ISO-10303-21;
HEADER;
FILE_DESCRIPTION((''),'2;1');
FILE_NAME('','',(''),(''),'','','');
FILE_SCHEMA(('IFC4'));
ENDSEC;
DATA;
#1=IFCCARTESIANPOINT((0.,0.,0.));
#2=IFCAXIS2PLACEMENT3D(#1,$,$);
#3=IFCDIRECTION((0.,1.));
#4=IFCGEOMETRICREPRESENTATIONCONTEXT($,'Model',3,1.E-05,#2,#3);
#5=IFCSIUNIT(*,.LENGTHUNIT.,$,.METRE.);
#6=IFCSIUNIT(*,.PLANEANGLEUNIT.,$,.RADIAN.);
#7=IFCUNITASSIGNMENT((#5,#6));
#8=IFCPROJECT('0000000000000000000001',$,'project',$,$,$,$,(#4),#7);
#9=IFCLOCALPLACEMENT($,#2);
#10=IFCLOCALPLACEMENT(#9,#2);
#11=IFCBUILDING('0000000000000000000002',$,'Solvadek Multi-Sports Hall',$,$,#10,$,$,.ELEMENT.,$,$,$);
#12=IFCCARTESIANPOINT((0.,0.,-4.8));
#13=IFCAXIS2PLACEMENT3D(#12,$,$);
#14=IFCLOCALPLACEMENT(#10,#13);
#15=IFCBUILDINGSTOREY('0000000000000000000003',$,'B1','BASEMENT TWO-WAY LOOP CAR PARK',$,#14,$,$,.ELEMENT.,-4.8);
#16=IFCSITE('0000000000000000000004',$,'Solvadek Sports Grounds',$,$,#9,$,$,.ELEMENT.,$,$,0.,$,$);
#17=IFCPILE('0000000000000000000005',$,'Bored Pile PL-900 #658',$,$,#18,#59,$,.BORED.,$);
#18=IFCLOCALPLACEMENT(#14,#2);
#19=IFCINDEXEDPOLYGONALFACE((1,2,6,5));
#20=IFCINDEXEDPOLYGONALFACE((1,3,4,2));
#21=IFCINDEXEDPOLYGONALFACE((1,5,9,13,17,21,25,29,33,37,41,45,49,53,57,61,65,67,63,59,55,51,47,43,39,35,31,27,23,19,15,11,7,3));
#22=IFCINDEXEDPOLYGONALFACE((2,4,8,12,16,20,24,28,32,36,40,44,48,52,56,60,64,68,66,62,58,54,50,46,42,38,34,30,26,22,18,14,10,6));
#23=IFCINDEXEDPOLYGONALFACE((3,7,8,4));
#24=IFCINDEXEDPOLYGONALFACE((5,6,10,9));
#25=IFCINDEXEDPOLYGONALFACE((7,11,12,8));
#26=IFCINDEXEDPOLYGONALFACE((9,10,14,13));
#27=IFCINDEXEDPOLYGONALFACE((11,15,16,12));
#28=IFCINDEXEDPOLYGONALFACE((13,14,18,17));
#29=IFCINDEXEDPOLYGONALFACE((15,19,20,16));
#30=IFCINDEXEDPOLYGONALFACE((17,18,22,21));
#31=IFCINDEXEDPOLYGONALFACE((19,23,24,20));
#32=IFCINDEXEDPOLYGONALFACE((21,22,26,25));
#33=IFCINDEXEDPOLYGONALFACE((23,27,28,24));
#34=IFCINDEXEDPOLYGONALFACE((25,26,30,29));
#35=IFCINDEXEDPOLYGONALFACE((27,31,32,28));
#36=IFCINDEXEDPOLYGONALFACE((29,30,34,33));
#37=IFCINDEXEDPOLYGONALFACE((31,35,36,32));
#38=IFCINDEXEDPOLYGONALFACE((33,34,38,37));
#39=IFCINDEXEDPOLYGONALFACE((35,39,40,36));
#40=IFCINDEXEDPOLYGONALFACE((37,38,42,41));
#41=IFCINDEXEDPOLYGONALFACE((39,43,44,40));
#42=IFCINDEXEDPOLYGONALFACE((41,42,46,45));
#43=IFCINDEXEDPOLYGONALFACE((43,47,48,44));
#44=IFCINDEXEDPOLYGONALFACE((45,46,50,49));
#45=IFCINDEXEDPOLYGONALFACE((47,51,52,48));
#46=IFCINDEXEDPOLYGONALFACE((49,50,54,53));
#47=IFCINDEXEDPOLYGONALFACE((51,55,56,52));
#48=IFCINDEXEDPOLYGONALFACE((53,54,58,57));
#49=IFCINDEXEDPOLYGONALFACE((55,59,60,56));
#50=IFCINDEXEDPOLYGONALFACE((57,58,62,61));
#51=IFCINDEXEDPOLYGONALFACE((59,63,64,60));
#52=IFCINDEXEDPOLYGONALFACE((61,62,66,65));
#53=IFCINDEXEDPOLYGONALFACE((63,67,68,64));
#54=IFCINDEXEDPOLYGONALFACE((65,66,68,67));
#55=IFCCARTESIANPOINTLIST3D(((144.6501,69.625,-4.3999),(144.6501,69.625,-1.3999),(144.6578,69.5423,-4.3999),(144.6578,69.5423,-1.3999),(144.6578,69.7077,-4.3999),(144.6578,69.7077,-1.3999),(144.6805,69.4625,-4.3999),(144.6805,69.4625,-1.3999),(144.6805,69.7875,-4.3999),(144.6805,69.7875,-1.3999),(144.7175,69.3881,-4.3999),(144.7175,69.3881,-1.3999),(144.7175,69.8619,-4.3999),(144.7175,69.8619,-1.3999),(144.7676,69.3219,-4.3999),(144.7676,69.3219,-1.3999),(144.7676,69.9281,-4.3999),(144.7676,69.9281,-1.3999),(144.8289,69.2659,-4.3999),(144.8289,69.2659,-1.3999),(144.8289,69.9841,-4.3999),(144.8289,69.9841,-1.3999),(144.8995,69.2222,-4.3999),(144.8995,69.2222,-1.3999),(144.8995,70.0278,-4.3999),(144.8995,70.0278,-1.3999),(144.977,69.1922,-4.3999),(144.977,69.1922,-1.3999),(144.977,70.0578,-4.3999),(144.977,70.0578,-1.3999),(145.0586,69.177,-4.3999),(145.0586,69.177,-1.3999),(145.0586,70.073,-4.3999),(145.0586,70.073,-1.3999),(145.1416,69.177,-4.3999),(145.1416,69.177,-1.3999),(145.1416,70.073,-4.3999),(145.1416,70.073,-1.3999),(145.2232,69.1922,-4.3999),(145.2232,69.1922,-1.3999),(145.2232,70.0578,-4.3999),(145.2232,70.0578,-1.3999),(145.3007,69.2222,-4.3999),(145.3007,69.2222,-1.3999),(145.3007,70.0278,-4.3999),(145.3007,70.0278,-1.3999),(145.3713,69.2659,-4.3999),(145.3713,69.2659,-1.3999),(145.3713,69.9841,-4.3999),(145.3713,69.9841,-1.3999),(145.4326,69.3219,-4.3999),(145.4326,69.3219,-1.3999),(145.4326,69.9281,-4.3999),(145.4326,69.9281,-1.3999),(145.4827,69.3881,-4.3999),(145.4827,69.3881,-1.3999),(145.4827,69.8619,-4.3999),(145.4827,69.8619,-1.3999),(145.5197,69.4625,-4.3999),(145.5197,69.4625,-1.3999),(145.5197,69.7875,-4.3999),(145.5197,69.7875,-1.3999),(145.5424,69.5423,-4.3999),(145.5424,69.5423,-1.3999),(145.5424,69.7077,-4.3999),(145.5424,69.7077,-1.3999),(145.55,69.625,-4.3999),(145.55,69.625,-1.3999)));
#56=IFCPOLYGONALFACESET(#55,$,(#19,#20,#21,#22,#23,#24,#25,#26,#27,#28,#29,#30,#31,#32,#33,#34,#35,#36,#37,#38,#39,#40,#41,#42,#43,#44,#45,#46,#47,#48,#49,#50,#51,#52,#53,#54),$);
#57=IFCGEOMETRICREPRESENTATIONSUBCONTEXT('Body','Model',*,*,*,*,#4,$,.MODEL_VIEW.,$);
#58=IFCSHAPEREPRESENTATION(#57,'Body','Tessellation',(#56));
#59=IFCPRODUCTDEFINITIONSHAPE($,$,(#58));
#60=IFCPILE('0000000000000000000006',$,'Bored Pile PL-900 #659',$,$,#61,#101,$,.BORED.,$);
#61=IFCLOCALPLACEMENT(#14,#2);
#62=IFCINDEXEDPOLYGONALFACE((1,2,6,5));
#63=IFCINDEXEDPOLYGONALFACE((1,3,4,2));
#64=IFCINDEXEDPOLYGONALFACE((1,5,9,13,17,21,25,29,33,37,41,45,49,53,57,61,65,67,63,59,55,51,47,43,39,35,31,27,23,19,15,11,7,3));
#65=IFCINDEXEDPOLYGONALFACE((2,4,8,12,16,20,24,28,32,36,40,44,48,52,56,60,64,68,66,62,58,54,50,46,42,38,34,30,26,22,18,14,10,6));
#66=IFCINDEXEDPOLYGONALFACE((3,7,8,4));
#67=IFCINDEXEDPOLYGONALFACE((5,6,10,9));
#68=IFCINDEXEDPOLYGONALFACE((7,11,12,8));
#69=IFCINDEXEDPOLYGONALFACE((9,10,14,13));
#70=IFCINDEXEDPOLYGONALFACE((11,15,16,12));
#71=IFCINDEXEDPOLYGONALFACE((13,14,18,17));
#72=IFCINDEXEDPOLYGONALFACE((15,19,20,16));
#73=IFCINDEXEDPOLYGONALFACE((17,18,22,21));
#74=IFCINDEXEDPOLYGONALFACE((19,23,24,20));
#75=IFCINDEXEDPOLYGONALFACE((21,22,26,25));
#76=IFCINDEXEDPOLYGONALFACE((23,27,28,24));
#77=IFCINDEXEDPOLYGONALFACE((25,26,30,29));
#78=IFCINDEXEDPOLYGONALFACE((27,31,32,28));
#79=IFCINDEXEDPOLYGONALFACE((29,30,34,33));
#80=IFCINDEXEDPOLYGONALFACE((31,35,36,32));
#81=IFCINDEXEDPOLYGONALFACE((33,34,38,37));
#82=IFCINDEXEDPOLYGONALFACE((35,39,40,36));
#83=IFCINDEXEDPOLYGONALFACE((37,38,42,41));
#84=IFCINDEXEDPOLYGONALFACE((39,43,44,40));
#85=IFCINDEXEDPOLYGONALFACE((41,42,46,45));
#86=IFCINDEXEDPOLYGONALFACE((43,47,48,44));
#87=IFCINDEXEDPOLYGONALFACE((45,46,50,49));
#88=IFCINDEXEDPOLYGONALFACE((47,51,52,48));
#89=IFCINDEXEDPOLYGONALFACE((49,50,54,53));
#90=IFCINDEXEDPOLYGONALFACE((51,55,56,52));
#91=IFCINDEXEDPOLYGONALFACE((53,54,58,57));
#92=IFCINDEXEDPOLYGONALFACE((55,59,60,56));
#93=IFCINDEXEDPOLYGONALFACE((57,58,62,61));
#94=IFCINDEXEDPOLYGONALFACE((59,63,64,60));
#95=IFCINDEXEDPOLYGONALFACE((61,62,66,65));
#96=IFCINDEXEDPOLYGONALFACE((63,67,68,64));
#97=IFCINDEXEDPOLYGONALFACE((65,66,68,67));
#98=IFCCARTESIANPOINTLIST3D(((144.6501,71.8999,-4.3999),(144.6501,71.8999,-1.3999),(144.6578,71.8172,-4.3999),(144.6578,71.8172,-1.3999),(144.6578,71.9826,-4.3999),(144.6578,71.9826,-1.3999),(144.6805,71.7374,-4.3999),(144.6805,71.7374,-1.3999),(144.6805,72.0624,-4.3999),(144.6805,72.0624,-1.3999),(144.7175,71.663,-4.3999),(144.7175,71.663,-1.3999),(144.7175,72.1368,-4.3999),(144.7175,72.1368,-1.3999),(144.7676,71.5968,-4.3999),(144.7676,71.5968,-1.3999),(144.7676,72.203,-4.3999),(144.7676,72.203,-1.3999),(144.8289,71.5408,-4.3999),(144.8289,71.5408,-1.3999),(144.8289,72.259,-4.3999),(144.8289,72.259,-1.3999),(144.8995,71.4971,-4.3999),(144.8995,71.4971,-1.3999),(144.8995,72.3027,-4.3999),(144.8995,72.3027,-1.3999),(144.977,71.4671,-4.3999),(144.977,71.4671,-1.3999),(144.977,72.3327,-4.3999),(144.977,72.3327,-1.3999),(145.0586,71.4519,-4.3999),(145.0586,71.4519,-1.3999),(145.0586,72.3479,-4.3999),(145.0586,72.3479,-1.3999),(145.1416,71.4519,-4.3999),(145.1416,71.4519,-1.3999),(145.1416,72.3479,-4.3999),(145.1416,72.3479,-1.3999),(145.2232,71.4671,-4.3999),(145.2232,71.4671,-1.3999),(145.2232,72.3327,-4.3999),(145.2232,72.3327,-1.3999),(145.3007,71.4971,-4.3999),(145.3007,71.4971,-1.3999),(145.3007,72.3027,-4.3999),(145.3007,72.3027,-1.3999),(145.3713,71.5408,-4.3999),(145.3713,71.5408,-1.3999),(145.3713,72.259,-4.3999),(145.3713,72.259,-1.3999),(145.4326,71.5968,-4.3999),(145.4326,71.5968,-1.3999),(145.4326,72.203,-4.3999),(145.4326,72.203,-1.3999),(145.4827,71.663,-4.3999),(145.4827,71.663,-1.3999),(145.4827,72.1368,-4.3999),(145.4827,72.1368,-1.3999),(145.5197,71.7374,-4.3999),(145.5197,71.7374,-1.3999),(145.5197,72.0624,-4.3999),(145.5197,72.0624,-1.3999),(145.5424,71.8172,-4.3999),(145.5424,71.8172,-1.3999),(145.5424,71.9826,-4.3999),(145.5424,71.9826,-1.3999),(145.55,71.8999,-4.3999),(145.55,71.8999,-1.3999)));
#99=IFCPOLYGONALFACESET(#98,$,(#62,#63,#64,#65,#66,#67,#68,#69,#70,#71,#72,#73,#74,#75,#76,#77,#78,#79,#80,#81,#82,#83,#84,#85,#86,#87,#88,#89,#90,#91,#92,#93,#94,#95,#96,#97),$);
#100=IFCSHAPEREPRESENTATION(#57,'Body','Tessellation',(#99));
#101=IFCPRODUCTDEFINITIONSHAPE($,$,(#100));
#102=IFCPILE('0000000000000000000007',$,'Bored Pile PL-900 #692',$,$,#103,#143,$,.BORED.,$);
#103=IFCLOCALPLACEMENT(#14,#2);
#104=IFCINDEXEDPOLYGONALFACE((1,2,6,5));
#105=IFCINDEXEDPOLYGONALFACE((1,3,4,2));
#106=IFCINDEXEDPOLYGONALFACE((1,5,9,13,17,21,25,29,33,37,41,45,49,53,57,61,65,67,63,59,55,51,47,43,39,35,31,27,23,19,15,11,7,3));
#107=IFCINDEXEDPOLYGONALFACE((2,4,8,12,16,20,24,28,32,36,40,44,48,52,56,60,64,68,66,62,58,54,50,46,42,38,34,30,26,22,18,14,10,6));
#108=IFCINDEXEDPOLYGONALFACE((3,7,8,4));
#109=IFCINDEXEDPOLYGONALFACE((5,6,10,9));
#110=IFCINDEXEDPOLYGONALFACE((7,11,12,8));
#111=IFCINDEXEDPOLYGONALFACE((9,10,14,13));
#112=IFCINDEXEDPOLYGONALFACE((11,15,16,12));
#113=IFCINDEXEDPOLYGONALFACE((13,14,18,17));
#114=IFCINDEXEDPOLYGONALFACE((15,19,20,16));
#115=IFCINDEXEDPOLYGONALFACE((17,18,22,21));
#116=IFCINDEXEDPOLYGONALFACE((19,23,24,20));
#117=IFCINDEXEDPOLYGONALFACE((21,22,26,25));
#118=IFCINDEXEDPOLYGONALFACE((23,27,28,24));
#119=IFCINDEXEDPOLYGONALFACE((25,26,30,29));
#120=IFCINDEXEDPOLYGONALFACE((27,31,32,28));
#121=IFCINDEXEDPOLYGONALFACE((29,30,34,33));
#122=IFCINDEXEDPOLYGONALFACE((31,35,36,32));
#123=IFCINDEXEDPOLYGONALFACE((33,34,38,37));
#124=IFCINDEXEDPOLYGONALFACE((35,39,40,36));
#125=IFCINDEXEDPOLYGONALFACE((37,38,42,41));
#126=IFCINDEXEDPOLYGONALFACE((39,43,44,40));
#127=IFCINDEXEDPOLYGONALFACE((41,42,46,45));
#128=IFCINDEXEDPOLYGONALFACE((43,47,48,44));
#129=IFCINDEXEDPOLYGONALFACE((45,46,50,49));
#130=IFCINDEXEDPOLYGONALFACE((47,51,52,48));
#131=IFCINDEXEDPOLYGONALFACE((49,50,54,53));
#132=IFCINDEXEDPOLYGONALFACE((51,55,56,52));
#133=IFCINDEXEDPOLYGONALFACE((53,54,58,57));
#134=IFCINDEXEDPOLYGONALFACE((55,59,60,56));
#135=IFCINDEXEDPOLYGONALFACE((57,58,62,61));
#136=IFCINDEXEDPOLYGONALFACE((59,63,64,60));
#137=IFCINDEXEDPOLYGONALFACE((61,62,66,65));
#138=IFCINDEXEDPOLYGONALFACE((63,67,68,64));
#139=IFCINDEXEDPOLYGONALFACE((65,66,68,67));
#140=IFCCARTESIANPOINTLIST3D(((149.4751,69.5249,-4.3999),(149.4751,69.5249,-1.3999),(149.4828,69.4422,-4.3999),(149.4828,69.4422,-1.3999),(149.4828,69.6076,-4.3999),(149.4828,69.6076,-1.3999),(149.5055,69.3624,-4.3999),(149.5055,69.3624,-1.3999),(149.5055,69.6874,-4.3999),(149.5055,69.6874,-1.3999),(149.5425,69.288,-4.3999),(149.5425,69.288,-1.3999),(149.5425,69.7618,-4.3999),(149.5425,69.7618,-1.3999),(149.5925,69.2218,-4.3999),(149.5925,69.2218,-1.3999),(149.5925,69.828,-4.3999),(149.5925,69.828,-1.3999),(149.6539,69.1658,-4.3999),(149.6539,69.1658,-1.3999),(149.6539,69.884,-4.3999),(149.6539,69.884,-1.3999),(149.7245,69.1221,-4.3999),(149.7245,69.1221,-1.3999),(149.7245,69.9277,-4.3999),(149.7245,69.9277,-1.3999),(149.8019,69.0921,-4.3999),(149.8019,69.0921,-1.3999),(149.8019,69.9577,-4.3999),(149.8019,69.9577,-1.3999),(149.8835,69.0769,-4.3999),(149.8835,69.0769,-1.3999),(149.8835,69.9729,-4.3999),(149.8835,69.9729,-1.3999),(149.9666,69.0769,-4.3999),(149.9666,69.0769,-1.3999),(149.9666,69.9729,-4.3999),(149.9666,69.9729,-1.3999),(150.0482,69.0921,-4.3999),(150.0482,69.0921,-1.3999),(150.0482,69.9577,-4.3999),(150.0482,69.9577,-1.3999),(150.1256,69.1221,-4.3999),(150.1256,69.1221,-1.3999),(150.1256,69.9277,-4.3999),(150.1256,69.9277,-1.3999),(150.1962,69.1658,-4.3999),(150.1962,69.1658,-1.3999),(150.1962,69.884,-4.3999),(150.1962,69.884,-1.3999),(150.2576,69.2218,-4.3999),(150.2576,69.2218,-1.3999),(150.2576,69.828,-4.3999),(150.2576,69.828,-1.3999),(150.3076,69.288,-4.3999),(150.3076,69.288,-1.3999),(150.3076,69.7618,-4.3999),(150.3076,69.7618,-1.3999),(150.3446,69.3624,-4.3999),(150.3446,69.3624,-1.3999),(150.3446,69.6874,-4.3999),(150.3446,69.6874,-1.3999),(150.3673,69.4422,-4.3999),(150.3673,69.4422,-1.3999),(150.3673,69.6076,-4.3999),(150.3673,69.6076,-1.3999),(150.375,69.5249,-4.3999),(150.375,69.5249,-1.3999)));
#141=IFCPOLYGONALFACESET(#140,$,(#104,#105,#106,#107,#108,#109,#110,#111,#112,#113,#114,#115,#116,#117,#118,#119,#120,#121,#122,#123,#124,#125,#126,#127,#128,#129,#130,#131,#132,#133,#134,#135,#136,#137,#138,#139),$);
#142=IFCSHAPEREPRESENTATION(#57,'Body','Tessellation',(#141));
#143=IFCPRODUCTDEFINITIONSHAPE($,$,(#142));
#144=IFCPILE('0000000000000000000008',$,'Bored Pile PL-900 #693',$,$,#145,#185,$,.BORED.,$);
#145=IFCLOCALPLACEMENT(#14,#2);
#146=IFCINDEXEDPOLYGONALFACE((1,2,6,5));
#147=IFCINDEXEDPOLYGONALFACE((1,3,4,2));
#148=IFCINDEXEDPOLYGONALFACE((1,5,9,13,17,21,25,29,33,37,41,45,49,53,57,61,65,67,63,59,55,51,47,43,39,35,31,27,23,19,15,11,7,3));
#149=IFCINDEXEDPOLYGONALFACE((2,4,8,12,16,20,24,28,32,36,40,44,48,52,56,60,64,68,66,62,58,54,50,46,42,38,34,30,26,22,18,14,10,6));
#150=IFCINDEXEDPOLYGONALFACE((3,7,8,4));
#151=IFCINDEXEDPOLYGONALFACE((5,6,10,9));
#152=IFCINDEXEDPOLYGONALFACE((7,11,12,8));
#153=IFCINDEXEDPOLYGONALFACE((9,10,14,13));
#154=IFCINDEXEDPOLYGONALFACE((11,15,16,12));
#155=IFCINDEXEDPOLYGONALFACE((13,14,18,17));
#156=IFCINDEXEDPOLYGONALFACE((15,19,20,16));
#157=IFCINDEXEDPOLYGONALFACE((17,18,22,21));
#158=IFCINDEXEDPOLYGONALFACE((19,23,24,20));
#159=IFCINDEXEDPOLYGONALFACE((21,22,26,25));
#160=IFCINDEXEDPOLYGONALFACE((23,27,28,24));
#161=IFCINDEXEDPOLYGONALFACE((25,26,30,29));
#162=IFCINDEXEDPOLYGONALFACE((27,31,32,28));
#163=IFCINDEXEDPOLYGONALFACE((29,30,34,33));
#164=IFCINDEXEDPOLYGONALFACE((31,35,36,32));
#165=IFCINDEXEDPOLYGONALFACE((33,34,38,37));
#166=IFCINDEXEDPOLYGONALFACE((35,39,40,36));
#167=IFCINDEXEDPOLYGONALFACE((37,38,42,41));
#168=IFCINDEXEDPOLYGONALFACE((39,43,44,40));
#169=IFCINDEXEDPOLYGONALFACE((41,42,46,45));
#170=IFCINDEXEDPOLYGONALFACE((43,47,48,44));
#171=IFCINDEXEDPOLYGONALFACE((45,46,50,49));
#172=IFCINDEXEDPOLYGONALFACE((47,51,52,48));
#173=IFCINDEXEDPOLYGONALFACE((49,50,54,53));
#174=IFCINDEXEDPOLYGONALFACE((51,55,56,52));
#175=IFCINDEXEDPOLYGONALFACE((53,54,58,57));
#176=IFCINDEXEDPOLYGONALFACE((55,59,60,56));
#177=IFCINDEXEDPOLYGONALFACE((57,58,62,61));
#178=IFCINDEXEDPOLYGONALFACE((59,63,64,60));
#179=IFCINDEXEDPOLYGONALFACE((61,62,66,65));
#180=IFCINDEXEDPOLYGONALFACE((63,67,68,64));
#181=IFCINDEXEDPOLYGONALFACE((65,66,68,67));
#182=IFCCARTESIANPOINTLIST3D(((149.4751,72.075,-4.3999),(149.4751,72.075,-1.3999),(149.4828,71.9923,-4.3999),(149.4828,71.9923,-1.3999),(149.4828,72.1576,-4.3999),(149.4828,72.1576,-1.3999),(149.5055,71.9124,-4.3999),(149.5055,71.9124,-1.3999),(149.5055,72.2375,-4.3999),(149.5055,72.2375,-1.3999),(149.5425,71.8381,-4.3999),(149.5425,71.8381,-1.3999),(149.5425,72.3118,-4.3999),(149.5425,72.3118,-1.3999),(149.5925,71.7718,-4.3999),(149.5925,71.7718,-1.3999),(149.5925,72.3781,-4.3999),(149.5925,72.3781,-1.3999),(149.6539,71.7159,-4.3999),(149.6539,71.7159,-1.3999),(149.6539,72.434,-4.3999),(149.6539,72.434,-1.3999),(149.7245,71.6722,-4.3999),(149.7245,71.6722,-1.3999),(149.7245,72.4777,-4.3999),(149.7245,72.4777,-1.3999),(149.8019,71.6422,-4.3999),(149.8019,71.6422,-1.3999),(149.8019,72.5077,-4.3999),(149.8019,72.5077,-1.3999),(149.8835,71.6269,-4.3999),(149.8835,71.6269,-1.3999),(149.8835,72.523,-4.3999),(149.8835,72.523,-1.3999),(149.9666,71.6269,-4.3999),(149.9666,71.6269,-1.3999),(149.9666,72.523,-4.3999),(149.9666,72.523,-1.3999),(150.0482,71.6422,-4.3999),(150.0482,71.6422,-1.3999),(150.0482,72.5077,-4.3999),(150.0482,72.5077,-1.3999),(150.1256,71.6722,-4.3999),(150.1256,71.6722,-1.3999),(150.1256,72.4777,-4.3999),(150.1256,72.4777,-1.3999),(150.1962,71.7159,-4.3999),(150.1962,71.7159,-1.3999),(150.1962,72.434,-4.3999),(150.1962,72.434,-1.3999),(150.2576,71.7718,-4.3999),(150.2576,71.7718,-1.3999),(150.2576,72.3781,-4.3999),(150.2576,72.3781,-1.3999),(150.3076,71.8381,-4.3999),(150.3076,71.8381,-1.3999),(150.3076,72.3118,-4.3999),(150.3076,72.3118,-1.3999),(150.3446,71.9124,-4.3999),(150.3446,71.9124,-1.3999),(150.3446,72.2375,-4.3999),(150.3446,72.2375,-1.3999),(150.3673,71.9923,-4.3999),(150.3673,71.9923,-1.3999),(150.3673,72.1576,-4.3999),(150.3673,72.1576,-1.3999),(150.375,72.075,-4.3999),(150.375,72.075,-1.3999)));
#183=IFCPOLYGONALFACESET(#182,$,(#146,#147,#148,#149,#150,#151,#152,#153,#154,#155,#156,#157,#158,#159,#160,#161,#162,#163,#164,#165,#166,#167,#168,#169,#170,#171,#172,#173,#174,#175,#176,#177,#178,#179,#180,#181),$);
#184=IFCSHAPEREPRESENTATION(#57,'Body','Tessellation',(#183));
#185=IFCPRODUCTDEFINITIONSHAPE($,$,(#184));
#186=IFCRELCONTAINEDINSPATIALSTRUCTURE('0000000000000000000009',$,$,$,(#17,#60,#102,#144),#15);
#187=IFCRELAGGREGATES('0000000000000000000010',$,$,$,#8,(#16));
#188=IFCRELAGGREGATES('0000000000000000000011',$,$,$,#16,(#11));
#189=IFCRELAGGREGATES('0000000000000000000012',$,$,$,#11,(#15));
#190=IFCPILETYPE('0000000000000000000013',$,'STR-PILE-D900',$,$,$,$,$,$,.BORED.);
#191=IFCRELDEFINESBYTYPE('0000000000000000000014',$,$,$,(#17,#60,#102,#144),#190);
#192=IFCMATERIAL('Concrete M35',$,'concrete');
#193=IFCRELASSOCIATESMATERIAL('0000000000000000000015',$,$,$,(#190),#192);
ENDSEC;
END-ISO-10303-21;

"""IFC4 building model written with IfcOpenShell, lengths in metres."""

from ifc_helpers import new_model, si_unit, direction, frame, origin, origin_2d, place, context, subcontext, project, spatial, circle, extrude, material, material_profile, profile_set, type_object, element, save


model = new_model("IFC4")

# Units and contexts
model_context = context("Model", 3, precision=1e-05, world=origin(), true_north=direction((0.0, 1.0)))
body_context = subcontext(model_context, "Body", "Model", "MODEL_VIEW")
ifc_project = project(units=[si_unit("LENGTHUNIT", "METRE"), si_unit("PLANEANGLEUNIT", "RADIAN")], contexts=[model_context])

# Site, building, storey
site_placement = place(None, origin())
site = spatial("IfcSite", under=ifc_project, at=site_placement, Name="Solvadek Sports Grounds", CompositionType="ELEMENT", RefElevation=0.0)
building_placement = place(site_placement, origin())
building = spatial("IfcBuilding", under=site, at=building_placement, Name="Solvadek Multi-Sports Hall", CompositionType="ELEMENT")
storey_placement = place(building_placement, frame((0.0, 0.0, -4.8)))
storey = spatial("IfcBuildingStorey", under=building, at=storey_placement, Name="B1", Description="BASEMENT TWO-WAY LOOP CAR PARK", CompositionType="ELEMENT", Elevation=-4.8)

# Piles
ifc_material_1 = material(Name="Concrete M35", Category="concrete")
ifc_material_profile_1 = material_profile(ifc_material_1, circle(Radius=0.45, at=origin_2d()), Name="BORED PILE D900")
ifc_profile_set_1 = profile_set([ifc_material_profile_1], Name="Concrete M35")
pile_type = type_object("IfcPileType", Name="STR-PILE-D900", PredefinedType="BORED", material=ifc_profile_set_1)
for number, where, z_axis, x_axis, name in (
    (1, (145.1001, 69.625, -1.3999), (0.0, 0.0, -1.0), (1.0, 0.0, 0.0), "Bored Pile PL-900 #658"),
    (2, (145.1001, 71.8999, -1.3999), (0.0, 0.0, -1.0), (1.0, 0.0, 0.0), "Bored Pile PL-900 #659"),
    (3, (149.925, 69.5249, -1.3999), (0.0, 0.0, -1.0), (1.0, 0.0, 0.0), "Bored Pile PL-900 #692"),
    (4, (149.925, 72.075, -1.3999), (0.0, 0.0, -1.0), (1.0, 0.0, 0.0), "Bored Pile PL-900 #693"),
):
    element("IfcPile", number, at=place(storey_placement, frame(where, z_axis=z_axis, x_axis=x_axis)), inside=storey, type_object=pile_type, Name=name, PredefinedType="BORED", context=body_context, shape_type="SweptSolid", body=[
        extrude(circle(Radius=0.45, at=origin_2d()), origin(), (0.0, 0.0, 1.0), 3.0),
    ])

save(model, "model.ifc")
